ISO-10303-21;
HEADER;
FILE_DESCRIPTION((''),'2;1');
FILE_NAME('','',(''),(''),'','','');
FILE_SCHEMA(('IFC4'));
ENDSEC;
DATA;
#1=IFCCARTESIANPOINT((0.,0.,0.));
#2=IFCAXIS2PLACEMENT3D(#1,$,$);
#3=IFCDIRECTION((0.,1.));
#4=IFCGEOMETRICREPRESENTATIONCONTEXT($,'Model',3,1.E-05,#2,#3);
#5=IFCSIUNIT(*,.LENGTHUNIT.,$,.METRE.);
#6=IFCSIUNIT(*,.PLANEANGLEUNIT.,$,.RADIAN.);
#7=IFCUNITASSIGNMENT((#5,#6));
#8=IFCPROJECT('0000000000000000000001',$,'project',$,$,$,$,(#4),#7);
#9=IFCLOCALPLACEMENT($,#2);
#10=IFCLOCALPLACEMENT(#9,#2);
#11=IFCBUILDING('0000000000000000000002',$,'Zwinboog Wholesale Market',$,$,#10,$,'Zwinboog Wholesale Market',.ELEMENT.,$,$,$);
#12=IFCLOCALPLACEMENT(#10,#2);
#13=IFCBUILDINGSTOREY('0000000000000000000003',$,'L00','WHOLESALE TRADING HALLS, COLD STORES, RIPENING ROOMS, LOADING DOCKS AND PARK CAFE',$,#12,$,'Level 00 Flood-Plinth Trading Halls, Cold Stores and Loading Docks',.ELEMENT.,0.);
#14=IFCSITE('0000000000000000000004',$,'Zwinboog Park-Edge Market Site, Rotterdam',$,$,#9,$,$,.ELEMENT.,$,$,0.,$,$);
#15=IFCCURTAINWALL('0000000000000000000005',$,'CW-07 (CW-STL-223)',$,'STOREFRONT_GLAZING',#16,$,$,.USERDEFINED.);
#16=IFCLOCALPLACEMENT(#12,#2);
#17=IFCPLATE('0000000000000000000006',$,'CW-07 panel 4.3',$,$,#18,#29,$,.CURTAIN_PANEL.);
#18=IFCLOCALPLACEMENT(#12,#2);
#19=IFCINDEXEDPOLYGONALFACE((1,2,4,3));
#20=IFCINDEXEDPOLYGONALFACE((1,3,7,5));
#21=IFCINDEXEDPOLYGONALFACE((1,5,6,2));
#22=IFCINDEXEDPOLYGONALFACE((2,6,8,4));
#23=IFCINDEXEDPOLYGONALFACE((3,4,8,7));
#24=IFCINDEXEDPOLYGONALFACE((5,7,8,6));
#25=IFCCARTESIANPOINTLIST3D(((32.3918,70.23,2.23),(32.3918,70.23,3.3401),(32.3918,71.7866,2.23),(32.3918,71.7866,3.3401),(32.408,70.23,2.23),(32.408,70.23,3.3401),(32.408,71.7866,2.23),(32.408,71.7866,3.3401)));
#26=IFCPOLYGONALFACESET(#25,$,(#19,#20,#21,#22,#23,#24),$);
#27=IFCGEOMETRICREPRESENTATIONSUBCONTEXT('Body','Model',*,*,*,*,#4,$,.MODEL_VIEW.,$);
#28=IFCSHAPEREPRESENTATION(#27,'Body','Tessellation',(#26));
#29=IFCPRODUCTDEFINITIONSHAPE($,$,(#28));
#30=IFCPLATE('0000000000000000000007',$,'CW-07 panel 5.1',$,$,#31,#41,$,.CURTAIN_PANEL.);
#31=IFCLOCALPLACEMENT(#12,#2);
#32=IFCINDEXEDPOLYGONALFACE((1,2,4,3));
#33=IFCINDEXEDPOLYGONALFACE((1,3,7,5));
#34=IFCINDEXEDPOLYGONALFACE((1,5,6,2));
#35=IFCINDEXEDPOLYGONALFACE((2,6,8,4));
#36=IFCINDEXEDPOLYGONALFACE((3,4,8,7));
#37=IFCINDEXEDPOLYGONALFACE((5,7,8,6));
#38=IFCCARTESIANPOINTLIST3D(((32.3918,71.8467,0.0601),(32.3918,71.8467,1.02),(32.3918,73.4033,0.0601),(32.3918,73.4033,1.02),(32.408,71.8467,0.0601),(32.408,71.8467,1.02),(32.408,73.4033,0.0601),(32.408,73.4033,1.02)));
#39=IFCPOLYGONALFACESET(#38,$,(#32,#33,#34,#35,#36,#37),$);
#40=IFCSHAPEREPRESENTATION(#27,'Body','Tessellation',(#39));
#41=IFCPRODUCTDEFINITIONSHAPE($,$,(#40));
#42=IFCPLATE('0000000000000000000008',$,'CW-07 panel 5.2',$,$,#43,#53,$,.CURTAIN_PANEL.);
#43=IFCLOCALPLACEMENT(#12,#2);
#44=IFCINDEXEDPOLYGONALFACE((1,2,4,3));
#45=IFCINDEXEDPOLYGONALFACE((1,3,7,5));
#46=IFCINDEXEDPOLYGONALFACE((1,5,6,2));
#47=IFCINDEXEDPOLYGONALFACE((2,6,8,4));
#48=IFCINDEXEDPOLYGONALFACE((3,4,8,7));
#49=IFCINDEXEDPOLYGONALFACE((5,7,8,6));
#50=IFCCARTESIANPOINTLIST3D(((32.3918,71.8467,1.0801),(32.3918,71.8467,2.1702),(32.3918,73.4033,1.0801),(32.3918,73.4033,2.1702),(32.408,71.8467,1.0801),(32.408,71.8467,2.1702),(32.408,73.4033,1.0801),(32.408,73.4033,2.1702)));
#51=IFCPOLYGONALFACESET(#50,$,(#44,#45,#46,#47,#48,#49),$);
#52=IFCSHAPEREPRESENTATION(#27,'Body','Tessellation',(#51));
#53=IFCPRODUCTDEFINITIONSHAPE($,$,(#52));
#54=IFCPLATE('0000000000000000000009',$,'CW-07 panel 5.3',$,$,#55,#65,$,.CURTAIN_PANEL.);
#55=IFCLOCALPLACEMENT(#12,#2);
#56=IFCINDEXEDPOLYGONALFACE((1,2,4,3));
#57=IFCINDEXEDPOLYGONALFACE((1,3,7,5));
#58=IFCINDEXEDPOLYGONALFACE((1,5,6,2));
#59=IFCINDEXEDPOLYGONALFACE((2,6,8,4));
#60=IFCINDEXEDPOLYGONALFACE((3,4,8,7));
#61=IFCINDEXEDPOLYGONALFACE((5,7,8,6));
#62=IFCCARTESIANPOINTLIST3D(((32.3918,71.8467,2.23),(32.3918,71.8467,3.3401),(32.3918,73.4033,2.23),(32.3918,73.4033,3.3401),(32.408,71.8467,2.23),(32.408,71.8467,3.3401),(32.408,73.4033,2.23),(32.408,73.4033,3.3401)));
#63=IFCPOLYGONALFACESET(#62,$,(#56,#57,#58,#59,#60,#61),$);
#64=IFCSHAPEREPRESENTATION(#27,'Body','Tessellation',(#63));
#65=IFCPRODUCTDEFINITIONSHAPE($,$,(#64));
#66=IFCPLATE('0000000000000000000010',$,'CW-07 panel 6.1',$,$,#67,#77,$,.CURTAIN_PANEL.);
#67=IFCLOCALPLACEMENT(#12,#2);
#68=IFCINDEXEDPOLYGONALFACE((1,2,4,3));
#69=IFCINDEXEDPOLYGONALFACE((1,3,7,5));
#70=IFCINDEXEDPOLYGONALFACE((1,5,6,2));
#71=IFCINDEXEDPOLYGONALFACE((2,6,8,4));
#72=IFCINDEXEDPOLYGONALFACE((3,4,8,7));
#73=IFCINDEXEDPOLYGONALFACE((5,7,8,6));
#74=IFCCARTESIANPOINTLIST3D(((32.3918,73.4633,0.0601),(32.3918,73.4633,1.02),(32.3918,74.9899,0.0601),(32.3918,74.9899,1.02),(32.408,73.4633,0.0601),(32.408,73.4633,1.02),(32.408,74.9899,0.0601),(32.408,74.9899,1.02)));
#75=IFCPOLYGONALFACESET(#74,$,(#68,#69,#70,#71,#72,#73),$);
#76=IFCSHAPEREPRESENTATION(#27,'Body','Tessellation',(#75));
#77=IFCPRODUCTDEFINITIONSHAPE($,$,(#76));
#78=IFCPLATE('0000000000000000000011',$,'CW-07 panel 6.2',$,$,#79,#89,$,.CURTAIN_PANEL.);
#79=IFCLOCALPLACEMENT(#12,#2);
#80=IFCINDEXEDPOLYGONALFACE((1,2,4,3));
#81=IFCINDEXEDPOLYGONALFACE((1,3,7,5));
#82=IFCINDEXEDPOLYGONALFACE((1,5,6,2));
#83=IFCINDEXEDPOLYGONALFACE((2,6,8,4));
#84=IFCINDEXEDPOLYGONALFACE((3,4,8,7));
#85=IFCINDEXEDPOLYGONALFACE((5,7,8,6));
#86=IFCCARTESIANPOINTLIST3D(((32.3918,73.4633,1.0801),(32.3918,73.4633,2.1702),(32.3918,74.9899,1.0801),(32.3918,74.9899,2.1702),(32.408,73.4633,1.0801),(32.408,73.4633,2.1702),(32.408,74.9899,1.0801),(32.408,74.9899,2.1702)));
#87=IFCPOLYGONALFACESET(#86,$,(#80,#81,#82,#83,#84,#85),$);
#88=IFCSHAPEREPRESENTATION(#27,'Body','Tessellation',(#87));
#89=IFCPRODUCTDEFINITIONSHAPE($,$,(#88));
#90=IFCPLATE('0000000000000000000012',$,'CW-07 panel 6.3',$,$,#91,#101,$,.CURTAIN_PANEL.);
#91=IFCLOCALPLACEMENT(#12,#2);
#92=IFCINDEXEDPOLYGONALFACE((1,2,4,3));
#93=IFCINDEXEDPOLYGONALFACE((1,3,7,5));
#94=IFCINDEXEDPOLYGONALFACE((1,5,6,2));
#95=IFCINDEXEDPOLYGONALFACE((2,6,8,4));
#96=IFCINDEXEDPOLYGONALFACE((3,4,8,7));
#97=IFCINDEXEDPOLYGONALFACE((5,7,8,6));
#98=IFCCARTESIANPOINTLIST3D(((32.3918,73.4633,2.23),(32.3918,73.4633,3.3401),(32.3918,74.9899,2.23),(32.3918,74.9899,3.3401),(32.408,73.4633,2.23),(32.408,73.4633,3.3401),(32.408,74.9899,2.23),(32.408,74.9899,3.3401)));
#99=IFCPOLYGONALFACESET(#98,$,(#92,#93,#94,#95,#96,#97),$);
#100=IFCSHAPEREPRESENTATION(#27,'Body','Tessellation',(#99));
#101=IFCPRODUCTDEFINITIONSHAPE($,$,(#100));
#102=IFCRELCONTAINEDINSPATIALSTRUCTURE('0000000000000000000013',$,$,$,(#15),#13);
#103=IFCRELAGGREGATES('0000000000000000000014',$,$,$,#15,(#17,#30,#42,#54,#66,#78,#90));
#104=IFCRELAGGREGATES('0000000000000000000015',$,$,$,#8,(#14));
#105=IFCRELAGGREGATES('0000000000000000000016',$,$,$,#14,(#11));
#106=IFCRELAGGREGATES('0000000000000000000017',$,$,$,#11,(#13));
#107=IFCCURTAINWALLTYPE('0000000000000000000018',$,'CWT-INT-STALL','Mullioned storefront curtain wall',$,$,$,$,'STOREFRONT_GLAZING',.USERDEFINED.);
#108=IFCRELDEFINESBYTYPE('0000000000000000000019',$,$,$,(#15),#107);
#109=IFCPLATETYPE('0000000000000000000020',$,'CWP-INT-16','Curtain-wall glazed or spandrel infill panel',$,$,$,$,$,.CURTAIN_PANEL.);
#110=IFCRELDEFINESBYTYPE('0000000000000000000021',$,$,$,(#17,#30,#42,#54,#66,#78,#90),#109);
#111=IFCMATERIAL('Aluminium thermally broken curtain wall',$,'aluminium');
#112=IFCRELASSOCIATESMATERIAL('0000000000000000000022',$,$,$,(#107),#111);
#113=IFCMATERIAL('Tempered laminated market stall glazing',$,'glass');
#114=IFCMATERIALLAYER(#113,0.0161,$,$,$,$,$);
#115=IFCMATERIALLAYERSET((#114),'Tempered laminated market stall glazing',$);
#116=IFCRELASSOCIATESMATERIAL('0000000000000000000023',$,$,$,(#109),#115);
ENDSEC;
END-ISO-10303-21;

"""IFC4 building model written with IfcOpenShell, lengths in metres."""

from ifc_helpers import new_model, si_unit, direction, frame, origin, origin_2d, place, context, subcontext, project, spatial, rectangle, extrude, material, layer, layer_set, type_object, element, aggregate, save


model = new_model("IFC4")

# Units and contexts
model_context = context("Model", 3, precision=1e-05, world=origin(), true_north=direction((0.0, 1.0)))
body_context = subcontext(model_context, "Body", "Model", "MODEL_VIEW")
ifc_project = project(units=[si_unit("LENGTHUNIT", "METRE"), si_unit("PLANEANGLEUNIT", "RADIAN")], contexts=[model_context])

# Site, building, storey
site_placement = place(None, origin())
site = spatial("IfcSite", under=ifc_project, at=site_placement, Name="Zwinboog Park-Edge Market Site, Rotterdam", CompositionType="ELEMENT", RefElevation=0.0)
building_placement = place(site_placement, origin())
building = spatial("IfcBuilding", under=site, at=building_placement, Name="Zwinboog Wholesale Market", LongName="Zwinboog Wholesale Market", CompositionType="ELEMENT")
storey_placement = place(building_placement, origin())
storey = spatial("IfcBuildingStorey", under=building, at=storey_placement, Name="L00", Description="WHOLESALE TRADING HALLS, COLD STORES, RIPENING ROOMS, LOADING DOCKS AND PARK CAFE", LongName="Level 00 Flood-Plinth Trading Halls, Cold Stores and Loading Docks", CompositionType="ELEMENT", Elevation=0.0)

# Curtain wall, plates
ifc_material_1 = material(Name="Aluminium thermally broken curtain wall", Category="aluminium")
curtain_wall_type = type_object("IfcCurtainWallType", Name="CWT-INT-STALL", Description="Mullioned storefront curtain wall", ElementType="STOREFRONT_GLAZING", PredefinedType="USERDEFINED", material=ifc_material_1)
curtain_wall_placement = place(storey_placement, origin())
curtain_wall = element("IfcCurtainWall", 1, at=curtain_wall_placement, inside=storey, type_object=curtain_wall_type, Name="CW-07 (CW-STL-223)", ObjectType="STOREFRONT_GLAZING", PredefinedType="USERDEFINED")
ifc_material_2 = material(Name="Tempered laminated market stall glazing", Category="glass")
ifc_layer = layer(ifc_material_2, 0.0161)
ifc_layer_set = layer_set([ifc_layer], Name="Tempered laminated market stall glazing")
plate_type = type_object("IfcPlateType", Name="CWP-INT-16", Description="Curtain-wall glazed or spandrel infill panel", PredefinedType="CURTAIN_PANEL", material=ifc_layer_set)
plate_1_placement = place(storey_placement, frame((32.3999, 71.0083, 2.23), z_axis=(0.0, 0.0, 1.0), x_axis=(0.0, 1.0, 0.0)))
plate_1 = element("IfcPlate", 2, at=plate_1_placement, type_object=plate_type, Name="CW-07 panel 4.3", PredefinedType="CURTAIN_PANEL", context=body_context, shape_type="SweptSolid", body=[
    extrude(rectangle(XDim=1.5566, YDim=0.0161, at=origin_2d()), origin(), (0.0, 0.0, 1.0), 1.1101),
])
plate_2_placement = place(storey_placement, frame((32.3999, 72.625, 0.0601), z_axis=(0.0, 0.0, 1.0), x_axis=(0.0, 1.0, 0.0)))
plate_2 = element("IfcPlate", 3, at=plate_2_placement, type_object=plate_type, Name="CW-07 panel 5.1", PredefinedType="CURTAIN_PANEL", context=body_context, shape_type="SweptSolid", body=[
    extrude(rectangle(XDim=1.5566, YDim=0.0161, at=origin_2d()), origin(), (0.0, 0.0, 1.0), 0.96),
])
plate_3_placement = place(storey_placement, frame((32.3999, 72.625, 1.0801), z_axis=(0.0, 0.0, 1.0), x_axis=(0.0, 1.0, 0.0)))
plate_3 = element("IfcPlate", 4, at=plate_3_placement, type_object=plate_type, Name="CW-07 panel 5.2", PredefinedType="CURTAIN_PANEL", context=body_context, shape_type="SweptSolid", body=[
    extrude(rectangle(XDim=1.5566, YDim=0.0161, at=origin_2d()), origin(), (0.0, 0.0, 1.0), 1.0901),
])
plate_4_placement = place(storey_placement, frame((32.3999, 72.625, 2.23), z_axis=(0.0, 0.0, 1.0), x_axis=(0.0, 1.0, 0.0)))
plate_4 = element("IfcPlate", 5, at=plate_4_placement, type_object=plate_type, Name="CW-07 panel 5.3", PredefinedType="CURTAIN_PANEL", context=body_context, shape_type="SweptSolid", body=[
    extrude(rectangle(XDim=1.5566, YDim=0.0161, at=origin_2d()), origin(), (0.0, 0.0, 1.0), 1.1101),
])
plate_5_placement = place(storey_placement, frame((32.3999, 74.2266, 0.0601), z_axis=(0.0, 0.0, 1.0), x_axis=(0.0, 1.0, 0.0)))
plate_5 = element("IfcPlate", 6, at=plate_5_placement, type_object=plate_type, Name="CW-07 panel 6.1", PredefinedType="CURTAIN_PANEL", context=body_context, shape_type="SweptSolid", body=[
    extrude(rectangle(XDim=1.5266, YDim=0.0161, at=origin_2d()), origin(), (0.0, 0.0, 1.0), 0.96),
])
plate_6_placement = place(storey_placement, frame((32.3999, 74.2266, 1.0801), z_axis=(0.0, 0.0, 1.0), x_axis=(0.0, 1.0, 0.0)))
plate_6 = element("IfcPlate", 7, at=plate_6_placement, type_object=plate_type, Name="CW-07 panel 6.2", PredefinedType="CURTAIN_PANEL", context=body_context, shape_type="SweptSolid", body=[
    extrude(rectangle(XDim=1.5266, YDim=0.0161, at=origin_2d()), origin(), (0.0, 0.0, 1.0), 1.0901),
])
plate_7_placement = place(storey_placement, frame((32.3999, 74.2266, 2.23), z_axis=(0.0, 0.0, 1.0), x_axis=(0.0, 1.0, 0.0)))
plate_7 = element("IfcPlate", 8, at=plate_7_placement, type_object=plate_type, Name="CW-07 panel 6.3", PredefinedType="CURTAIN_PANEL", context=body_context, shape_type="SweptSolid", body=[
    extrude(rectangle(XDim=1.5266, YDim=0.0161, at=origin_2d()), origin(), (0.0, 0.0, 1.0), 1.1101),
])
aggregate(curtain_wall, [plate_1, plate_2, plate_3, plate_4, plate_5, plate_6, plate_7])

save(model, "model.ifc")
